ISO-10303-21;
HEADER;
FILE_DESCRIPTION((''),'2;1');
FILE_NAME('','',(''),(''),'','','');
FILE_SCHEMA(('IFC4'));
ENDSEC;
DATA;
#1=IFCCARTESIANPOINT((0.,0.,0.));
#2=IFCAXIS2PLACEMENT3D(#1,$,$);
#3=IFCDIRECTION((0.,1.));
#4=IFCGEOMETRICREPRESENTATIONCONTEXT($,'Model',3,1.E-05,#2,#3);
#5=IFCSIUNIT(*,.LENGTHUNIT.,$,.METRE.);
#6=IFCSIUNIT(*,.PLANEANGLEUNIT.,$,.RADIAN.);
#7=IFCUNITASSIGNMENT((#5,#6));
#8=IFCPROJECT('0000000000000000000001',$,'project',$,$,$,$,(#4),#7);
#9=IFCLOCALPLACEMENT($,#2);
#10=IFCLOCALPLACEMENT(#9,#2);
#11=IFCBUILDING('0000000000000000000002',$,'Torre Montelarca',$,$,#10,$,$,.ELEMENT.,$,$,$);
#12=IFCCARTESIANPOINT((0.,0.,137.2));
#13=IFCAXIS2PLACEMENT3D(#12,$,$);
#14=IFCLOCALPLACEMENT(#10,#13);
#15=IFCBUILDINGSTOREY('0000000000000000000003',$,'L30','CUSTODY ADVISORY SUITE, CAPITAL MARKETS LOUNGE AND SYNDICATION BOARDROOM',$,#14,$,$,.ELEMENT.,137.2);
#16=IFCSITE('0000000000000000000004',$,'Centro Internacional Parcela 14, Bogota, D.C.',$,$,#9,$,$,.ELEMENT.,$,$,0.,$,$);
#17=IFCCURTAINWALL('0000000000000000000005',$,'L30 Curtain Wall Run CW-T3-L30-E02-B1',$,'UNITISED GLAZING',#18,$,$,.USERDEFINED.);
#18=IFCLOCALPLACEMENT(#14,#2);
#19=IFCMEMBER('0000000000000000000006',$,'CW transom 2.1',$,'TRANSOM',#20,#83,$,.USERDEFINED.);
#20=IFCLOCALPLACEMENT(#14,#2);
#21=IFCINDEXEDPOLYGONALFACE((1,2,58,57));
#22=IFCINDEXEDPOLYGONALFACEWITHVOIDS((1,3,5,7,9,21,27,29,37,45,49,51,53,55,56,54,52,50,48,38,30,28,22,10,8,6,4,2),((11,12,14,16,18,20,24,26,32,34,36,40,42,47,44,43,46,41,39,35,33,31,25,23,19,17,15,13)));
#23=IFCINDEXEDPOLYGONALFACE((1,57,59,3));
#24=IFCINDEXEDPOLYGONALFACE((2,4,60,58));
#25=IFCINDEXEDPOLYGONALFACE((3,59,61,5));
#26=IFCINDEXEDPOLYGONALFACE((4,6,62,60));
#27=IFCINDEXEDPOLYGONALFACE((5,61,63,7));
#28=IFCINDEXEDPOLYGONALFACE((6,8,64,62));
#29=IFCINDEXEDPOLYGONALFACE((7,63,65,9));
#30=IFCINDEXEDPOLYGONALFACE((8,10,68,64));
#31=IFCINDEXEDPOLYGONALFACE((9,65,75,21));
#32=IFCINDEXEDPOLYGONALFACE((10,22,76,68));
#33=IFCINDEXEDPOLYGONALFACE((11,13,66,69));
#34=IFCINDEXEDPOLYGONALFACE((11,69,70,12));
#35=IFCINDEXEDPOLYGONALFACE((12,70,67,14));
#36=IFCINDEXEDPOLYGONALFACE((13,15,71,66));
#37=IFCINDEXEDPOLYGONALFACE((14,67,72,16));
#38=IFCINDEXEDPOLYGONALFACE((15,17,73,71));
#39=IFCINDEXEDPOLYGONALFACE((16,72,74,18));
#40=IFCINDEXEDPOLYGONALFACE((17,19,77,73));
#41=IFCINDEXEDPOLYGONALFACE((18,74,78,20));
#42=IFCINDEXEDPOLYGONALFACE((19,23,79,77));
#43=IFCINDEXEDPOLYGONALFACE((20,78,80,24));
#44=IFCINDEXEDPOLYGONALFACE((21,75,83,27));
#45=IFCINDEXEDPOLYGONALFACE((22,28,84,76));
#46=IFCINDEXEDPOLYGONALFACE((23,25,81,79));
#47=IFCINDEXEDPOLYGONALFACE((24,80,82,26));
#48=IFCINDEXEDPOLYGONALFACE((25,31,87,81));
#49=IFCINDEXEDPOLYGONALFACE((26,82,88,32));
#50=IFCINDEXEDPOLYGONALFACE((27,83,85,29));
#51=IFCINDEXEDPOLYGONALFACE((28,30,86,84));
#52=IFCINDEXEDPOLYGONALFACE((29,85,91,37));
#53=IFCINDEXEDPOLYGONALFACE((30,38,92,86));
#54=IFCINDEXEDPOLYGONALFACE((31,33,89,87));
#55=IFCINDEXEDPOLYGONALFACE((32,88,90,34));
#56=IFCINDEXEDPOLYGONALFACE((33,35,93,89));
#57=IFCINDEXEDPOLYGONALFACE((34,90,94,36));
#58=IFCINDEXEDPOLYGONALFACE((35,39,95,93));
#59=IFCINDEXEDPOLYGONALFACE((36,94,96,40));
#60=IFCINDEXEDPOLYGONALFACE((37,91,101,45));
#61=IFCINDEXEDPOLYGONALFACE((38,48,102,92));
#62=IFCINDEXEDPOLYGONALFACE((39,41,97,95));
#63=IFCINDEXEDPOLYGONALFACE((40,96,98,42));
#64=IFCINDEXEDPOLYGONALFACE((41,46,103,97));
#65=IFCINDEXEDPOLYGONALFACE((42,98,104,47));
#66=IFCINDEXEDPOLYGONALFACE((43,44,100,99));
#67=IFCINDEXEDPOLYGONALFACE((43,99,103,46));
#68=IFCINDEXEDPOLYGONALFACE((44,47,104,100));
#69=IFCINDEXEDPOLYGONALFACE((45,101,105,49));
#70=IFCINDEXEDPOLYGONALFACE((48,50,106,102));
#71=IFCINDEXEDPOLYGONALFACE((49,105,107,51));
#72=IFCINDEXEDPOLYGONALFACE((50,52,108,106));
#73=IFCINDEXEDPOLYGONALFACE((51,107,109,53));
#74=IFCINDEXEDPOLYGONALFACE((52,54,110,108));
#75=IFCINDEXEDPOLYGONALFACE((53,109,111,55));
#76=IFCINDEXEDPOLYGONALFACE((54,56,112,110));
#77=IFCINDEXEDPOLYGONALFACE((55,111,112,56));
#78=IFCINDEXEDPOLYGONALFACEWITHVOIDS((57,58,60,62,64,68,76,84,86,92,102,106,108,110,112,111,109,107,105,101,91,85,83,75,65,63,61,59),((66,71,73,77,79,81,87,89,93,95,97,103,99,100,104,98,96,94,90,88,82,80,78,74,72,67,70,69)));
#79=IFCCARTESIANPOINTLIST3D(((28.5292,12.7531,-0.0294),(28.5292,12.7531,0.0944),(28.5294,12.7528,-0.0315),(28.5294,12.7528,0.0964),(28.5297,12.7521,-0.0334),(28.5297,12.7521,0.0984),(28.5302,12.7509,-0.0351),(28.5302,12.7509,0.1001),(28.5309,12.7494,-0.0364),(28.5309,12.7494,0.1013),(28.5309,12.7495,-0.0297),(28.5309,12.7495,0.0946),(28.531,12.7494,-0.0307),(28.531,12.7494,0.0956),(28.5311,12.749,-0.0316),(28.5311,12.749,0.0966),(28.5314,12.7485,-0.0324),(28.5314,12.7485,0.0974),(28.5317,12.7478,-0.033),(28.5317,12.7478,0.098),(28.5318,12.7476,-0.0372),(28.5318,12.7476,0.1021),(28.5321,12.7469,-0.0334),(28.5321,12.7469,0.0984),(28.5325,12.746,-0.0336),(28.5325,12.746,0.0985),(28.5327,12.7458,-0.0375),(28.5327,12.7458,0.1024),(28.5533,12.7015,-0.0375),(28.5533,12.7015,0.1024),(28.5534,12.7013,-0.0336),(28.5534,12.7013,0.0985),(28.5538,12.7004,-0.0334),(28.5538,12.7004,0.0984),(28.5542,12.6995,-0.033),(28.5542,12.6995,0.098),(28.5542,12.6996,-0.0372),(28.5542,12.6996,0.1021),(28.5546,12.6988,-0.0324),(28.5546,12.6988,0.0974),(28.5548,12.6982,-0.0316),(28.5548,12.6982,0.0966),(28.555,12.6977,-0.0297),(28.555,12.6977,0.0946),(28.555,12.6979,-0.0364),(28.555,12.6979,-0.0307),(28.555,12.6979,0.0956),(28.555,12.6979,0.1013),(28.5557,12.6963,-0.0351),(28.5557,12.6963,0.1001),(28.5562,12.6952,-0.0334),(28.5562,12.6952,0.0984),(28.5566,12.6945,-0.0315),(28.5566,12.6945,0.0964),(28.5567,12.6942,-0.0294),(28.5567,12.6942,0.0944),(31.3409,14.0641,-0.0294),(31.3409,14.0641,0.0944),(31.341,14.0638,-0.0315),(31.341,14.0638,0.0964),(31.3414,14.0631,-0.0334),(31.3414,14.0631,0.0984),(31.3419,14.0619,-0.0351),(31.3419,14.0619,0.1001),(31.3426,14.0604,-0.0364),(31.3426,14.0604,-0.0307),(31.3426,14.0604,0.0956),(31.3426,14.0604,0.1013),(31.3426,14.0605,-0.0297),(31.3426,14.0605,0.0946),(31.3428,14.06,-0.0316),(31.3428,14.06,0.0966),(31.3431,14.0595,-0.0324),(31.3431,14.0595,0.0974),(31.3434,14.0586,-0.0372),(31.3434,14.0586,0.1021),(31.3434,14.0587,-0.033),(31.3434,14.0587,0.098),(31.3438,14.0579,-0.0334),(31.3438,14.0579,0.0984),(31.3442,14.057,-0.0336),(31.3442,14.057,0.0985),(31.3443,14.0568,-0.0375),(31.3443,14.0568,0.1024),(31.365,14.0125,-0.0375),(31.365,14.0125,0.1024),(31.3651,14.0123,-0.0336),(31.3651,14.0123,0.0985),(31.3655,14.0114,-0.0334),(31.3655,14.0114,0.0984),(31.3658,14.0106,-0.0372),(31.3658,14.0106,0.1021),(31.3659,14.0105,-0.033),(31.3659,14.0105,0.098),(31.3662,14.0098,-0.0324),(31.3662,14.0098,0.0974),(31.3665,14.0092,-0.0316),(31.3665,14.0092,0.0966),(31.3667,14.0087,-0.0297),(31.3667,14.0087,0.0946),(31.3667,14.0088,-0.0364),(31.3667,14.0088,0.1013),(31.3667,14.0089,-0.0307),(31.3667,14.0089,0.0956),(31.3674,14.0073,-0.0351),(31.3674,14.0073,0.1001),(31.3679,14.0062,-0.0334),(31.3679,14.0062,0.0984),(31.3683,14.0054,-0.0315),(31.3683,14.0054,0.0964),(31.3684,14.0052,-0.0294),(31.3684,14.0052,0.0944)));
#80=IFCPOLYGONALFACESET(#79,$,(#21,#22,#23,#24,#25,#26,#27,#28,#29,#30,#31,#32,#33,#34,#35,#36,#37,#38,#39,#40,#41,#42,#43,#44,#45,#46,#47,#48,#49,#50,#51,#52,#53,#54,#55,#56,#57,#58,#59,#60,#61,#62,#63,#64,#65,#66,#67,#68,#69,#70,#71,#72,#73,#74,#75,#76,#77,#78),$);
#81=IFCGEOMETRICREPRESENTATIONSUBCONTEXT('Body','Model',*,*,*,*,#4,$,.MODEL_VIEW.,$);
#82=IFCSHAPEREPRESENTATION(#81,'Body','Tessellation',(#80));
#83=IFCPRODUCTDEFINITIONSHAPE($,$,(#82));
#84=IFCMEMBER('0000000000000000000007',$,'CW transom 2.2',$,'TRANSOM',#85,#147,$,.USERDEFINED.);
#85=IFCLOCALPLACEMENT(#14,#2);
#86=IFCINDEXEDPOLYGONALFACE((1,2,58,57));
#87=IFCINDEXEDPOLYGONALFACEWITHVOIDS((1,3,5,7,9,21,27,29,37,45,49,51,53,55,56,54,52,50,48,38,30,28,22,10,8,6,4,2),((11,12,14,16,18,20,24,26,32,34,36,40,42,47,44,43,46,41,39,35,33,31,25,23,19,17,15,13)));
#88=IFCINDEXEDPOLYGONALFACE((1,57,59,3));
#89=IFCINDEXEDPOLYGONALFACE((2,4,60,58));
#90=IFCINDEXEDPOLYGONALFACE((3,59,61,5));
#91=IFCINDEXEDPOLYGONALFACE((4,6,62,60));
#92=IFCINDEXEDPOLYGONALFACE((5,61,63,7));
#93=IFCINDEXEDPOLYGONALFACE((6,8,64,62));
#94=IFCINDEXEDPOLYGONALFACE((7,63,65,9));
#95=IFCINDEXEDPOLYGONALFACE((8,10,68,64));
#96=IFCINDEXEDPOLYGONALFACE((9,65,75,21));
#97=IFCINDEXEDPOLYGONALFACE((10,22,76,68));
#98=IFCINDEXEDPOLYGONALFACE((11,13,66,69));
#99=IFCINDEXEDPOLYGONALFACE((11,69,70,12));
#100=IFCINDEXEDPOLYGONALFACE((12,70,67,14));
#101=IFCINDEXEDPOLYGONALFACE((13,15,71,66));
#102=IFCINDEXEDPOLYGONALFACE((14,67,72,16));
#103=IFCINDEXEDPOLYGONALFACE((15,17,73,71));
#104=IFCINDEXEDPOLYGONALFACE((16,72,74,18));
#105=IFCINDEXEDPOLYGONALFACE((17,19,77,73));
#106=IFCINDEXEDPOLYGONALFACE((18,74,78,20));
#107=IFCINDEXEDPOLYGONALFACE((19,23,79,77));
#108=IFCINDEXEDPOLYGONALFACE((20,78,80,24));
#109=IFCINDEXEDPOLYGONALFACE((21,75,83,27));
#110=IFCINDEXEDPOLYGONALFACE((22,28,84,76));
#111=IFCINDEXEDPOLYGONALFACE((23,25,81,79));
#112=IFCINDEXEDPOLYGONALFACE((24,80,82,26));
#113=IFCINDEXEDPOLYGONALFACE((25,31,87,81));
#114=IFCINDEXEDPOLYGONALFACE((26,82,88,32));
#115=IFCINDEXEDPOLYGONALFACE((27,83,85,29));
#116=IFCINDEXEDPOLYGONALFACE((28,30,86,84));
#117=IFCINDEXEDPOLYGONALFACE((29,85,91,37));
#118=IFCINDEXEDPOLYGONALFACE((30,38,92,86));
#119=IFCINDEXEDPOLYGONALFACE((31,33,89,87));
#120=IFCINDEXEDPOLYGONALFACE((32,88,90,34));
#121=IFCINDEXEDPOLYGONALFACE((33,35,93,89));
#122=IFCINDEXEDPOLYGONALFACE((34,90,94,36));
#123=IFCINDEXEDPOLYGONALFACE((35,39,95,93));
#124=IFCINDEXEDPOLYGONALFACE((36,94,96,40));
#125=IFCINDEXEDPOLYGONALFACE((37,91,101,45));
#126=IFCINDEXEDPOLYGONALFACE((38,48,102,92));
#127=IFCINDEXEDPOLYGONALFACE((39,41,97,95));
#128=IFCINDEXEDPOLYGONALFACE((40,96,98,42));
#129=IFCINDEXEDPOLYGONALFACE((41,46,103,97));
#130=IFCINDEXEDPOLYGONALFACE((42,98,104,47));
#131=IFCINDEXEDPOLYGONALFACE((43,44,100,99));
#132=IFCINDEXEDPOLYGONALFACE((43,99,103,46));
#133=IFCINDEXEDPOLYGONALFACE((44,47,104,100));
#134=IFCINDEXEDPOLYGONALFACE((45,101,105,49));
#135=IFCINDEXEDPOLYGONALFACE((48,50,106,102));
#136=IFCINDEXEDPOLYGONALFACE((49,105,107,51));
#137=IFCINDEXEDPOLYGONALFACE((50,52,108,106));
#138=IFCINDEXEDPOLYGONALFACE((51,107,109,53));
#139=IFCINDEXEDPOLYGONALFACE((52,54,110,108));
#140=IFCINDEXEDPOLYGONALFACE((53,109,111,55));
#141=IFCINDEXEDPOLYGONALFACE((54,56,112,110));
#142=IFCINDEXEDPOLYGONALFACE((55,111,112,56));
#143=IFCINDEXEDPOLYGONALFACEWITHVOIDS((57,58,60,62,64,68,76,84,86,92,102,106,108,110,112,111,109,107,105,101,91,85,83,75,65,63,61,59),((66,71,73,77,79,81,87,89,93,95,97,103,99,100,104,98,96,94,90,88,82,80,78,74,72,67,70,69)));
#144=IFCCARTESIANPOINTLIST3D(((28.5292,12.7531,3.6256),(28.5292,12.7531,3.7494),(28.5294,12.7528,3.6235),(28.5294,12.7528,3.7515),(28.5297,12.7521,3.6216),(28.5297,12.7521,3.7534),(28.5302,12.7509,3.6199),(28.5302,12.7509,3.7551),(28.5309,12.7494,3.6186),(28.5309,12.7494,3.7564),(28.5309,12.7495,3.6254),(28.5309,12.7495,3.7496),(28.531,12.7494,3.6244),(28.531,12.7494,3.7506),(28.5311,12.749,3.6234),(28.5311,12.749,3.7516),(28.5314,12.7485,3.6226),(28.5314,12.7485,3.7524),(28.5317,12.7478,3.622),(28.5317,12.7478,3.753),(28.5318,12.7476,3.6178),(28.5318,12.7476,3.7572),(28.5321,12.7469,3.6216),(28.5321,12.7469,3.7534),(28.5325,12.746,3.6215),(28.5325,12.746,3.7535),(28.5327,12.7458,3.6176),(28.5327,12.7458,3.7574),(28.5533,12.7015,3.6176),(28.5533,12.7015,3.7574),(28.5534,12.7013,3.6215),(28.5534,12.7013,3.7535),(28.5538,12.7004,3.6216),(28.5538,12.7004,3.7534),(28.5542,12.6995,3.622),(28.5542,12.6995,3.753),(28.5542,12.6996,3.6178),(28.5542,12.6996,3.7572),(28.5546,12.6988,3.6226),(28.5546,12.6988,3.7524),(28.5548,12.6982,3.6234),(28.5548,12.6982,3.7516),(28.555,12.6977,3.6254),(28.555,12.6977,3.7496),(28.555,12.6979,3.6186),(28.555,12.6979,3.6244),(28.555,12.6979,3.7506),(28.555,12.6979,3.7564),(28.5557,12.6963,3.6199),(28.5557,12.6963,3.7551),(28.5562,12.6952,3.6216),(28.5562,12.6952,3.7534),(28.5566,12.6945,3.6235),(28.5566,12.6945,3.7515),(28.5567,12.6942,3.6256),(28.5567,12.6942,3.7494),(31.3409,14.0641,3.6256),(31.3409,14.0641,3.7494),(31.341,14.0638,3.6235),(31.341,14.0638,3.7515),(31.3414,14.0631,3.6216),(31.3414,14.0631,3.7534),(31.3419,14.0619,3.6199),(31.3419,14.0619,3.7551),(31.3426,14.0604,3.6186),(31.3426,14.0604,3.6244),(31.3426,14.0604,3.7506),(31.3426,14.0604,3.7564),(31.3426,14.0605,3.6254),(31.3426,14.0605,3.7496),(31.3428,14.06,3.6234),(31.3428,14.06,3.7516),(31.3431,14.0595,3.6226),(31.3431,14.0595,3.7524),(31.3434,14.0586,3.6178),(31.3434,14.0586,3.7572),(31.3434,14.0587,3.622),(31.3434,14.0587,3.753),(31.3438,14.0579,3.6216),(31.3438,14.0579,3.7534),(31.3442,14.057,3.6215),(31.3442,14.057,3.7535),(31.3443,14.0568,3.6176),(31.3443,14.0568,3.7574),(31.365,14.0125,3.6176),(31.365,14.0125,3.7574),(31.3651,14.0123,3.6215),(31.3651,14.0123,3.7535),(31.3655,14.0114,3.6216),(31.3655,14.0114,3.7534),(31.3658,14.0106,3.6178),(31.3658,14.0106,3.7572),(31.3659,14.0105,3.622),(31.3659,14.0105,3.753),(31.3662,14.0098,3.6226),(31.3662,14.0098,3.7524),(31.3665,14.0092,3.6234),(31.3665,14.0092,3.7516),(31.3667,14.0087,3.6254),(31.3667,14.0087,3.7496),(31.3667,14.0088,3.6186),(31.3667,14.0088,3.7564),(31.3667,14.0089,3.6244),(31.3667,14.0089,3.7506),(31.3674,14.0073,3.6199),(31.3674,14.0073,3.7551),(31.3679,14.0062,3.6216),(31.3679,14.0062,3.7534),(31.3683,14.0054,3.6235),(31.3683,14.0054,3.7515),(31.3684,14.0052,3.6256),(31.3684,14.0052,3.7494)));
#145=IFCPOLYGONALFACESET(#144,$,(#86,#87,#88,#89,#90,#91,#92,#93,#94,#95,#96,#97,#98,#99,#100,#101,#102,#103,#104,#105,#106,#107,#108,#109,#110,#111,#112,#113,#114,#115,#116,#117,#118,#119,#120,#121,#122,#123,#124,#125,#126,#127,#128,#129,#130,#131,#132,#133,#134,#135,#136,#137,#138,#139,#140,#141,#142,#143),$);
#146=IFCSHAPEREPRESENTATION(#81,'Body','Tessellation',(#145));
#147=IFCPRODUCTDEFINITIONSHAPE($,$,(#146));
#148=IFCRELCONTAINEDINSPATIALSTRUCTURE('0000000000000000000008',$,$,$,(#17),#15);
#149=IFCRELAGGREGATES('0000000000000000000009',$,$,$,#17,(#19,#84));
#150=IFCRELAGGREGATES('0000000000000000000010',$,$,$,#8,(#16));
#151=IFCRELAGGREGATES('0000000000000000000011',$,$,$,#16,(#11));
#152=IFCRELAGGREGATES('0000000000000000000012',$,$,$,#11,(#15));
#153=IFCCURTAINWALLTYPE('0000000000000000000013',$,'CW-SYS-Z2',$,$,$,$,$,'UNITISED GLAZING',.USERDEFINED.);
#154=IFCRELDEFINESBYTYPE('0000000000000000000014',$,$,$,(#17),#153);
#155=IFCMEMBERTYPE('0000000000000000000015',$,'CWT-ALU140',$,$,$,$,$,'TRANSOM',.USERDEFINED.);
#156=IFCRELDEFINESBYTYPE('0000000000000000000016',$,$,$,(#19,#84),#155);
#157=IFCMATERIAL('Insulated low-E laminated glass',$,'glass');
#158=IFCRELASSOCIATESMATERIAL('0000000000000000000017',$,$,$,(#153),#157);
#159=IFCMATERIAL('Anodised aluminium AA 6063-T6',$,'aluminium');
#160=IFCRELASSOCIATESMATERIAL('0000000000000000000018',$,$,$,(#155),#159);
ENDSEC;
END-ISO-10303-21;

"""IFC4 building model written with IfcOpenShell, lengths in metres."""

from ifc_helpers import new_model, si_unit, direction, frame, origin, origin_2d, place, context, subcontext, project, spatial, hollow_rectangle, extrude, source, transform, mapped, material, material_profile, profile_set, type_object, element, aggregate, save


model = new_model("IFC4")

# Units and contexts
model_context = context("Model", 3, precision=1e-05, world=origin(), true_north=direction((0.0, 1.0)))
body_context = subcontext(model_context, "Body", "Model", "MODEL_VIEW")
ifc_project = project(units=[si_unit("LENGTHUNIT", "METRE"), si_unit("PLANEANGLEUNIT", "RADIAN")], contexts=[model_context])

# Site, building, storey
site_placement = place(None, origin())
site = spatial("IfcSite", under=ifc_project, at=site_placement, Name="Centro Internacional Parcela 14, Bogota, D.C.", CompositionType="ELEMENT", RefElevation=0.0)
building_placement = place(site_placement, origin())
building = spatial("IfcBuilding", under=site, at=building_placement, Name="Torre Montelarca", CompositionType="ELEMENT")
storey_placement = place(building_placement, frame((0.0, 0.0, 137.2)))
storey = spatial("IfcBuildingStorey", under=building, at=storey_placement, Name="L30", Description="CUSTODY ADVISORY SUITE, CAPITAL MARKETS LOUNGE AND SYNDICATION BOARDROOM", CompositionType="ELEMENT", Elevation=137.2)

# Curtain wall, members
ifc_material_1 = material(Name="Insulated low-E laminated glass", Category="glass")
curtain_wall_type = type_object("IfcCurtainWallType", Name="CW-SYS-Z2", ElementType="UNITISED GLAZING", PredefinedType="USERDEFINED", material=ifc_material_1)
curtain_wall_1_placement = place(storey_placement, origin())
curtain_wall_1 = element("IfcCurtainWall", 1, at=curtain_wall_1_placement, inside=storey, type_object=curtain_wall_type, Name="L30 Curtain Wall Run CW-T3-L30-E02-B1", ObjectType="UNITISED GLAZING", PredefinedType="USERDEFINED")
ifc_material_2 = material(Name="Anodised aluminium AA 6063-T6", Category="aluminium")
ifc_material_profile_1 = material_profile(ifc_material_2, hollow_rectangle(XDim=0.0649, YDim=0.1399, WallThickness=0.0039, InnerFilletRadius=0.0039, OuterFilletRadius=0.0081, at=origin_2d()), Name="ALU65X140X4", Category="aluminium")
ifc_profile_set_1 = profile_set([ifc_material_profile_1], Name="Anodised aluminium AA 6063-T6")
member_type_1 = type_object("IfcMemberType", Name="CWT-ALU140", ElementType="TRANSOM", PredefinedType="USERDEFINED", material=ifc_profile_set_1)
shared_shape_1 = source(origin(), body_context, "Body", "SweptSolid", [
    extrude(hollow_rectangle(XDim=0.0649, YDim=0.1399, WallThickness=0.0039, InnerFilletRadius=0.0039, OuterFilletRadius=0.0081, at=origin_2d()), origin(), (0.0, 0.0, 1.0), 3.1023),
])
member_1_placement = place(storey_placement, frame((28.543, 12.7236, 0.0325), z_axis=(0.906322, 0.422588, 0.0), x_axis=(-0.422588, 0.906322, 0.0)))
member_1 = element("IfcMember", 2, at=member_1_placement, type_object=member_type_1, Name="CW transom 2.1", ObjectType="TRANSOM", PredefinedType="USERDEFINED", context=body_context, shape_type="MappedRepresentation", body=[
    mapped(shared_shape_1, transform((0.0, 0.0, 0.0), scale=1.0)),
])
member_2_placement = place(storey_placement, frame((28.543, 12.7236, 3.6875), z_axis=(0.906322, 0.422588, 0.0), x_axis=(-0.422588, 0.906322, 0.0)))
member_2 = element("IfcMember", 3, at=member_2_placement, type_object=member_type_1, Name="CW transom 2.2", ObjectType="TRANSOM", PredefinedType="USERDEFINED", context=body_context, shape_type="MappedRepresentation", body=[
    mapped(shared_shape_1, transform((0.0, 0.0, 0.0), scale=1.0)),
])

aggregate(curtain_wall_1, [member_1, member_2])

save(model, "model.ifc")
